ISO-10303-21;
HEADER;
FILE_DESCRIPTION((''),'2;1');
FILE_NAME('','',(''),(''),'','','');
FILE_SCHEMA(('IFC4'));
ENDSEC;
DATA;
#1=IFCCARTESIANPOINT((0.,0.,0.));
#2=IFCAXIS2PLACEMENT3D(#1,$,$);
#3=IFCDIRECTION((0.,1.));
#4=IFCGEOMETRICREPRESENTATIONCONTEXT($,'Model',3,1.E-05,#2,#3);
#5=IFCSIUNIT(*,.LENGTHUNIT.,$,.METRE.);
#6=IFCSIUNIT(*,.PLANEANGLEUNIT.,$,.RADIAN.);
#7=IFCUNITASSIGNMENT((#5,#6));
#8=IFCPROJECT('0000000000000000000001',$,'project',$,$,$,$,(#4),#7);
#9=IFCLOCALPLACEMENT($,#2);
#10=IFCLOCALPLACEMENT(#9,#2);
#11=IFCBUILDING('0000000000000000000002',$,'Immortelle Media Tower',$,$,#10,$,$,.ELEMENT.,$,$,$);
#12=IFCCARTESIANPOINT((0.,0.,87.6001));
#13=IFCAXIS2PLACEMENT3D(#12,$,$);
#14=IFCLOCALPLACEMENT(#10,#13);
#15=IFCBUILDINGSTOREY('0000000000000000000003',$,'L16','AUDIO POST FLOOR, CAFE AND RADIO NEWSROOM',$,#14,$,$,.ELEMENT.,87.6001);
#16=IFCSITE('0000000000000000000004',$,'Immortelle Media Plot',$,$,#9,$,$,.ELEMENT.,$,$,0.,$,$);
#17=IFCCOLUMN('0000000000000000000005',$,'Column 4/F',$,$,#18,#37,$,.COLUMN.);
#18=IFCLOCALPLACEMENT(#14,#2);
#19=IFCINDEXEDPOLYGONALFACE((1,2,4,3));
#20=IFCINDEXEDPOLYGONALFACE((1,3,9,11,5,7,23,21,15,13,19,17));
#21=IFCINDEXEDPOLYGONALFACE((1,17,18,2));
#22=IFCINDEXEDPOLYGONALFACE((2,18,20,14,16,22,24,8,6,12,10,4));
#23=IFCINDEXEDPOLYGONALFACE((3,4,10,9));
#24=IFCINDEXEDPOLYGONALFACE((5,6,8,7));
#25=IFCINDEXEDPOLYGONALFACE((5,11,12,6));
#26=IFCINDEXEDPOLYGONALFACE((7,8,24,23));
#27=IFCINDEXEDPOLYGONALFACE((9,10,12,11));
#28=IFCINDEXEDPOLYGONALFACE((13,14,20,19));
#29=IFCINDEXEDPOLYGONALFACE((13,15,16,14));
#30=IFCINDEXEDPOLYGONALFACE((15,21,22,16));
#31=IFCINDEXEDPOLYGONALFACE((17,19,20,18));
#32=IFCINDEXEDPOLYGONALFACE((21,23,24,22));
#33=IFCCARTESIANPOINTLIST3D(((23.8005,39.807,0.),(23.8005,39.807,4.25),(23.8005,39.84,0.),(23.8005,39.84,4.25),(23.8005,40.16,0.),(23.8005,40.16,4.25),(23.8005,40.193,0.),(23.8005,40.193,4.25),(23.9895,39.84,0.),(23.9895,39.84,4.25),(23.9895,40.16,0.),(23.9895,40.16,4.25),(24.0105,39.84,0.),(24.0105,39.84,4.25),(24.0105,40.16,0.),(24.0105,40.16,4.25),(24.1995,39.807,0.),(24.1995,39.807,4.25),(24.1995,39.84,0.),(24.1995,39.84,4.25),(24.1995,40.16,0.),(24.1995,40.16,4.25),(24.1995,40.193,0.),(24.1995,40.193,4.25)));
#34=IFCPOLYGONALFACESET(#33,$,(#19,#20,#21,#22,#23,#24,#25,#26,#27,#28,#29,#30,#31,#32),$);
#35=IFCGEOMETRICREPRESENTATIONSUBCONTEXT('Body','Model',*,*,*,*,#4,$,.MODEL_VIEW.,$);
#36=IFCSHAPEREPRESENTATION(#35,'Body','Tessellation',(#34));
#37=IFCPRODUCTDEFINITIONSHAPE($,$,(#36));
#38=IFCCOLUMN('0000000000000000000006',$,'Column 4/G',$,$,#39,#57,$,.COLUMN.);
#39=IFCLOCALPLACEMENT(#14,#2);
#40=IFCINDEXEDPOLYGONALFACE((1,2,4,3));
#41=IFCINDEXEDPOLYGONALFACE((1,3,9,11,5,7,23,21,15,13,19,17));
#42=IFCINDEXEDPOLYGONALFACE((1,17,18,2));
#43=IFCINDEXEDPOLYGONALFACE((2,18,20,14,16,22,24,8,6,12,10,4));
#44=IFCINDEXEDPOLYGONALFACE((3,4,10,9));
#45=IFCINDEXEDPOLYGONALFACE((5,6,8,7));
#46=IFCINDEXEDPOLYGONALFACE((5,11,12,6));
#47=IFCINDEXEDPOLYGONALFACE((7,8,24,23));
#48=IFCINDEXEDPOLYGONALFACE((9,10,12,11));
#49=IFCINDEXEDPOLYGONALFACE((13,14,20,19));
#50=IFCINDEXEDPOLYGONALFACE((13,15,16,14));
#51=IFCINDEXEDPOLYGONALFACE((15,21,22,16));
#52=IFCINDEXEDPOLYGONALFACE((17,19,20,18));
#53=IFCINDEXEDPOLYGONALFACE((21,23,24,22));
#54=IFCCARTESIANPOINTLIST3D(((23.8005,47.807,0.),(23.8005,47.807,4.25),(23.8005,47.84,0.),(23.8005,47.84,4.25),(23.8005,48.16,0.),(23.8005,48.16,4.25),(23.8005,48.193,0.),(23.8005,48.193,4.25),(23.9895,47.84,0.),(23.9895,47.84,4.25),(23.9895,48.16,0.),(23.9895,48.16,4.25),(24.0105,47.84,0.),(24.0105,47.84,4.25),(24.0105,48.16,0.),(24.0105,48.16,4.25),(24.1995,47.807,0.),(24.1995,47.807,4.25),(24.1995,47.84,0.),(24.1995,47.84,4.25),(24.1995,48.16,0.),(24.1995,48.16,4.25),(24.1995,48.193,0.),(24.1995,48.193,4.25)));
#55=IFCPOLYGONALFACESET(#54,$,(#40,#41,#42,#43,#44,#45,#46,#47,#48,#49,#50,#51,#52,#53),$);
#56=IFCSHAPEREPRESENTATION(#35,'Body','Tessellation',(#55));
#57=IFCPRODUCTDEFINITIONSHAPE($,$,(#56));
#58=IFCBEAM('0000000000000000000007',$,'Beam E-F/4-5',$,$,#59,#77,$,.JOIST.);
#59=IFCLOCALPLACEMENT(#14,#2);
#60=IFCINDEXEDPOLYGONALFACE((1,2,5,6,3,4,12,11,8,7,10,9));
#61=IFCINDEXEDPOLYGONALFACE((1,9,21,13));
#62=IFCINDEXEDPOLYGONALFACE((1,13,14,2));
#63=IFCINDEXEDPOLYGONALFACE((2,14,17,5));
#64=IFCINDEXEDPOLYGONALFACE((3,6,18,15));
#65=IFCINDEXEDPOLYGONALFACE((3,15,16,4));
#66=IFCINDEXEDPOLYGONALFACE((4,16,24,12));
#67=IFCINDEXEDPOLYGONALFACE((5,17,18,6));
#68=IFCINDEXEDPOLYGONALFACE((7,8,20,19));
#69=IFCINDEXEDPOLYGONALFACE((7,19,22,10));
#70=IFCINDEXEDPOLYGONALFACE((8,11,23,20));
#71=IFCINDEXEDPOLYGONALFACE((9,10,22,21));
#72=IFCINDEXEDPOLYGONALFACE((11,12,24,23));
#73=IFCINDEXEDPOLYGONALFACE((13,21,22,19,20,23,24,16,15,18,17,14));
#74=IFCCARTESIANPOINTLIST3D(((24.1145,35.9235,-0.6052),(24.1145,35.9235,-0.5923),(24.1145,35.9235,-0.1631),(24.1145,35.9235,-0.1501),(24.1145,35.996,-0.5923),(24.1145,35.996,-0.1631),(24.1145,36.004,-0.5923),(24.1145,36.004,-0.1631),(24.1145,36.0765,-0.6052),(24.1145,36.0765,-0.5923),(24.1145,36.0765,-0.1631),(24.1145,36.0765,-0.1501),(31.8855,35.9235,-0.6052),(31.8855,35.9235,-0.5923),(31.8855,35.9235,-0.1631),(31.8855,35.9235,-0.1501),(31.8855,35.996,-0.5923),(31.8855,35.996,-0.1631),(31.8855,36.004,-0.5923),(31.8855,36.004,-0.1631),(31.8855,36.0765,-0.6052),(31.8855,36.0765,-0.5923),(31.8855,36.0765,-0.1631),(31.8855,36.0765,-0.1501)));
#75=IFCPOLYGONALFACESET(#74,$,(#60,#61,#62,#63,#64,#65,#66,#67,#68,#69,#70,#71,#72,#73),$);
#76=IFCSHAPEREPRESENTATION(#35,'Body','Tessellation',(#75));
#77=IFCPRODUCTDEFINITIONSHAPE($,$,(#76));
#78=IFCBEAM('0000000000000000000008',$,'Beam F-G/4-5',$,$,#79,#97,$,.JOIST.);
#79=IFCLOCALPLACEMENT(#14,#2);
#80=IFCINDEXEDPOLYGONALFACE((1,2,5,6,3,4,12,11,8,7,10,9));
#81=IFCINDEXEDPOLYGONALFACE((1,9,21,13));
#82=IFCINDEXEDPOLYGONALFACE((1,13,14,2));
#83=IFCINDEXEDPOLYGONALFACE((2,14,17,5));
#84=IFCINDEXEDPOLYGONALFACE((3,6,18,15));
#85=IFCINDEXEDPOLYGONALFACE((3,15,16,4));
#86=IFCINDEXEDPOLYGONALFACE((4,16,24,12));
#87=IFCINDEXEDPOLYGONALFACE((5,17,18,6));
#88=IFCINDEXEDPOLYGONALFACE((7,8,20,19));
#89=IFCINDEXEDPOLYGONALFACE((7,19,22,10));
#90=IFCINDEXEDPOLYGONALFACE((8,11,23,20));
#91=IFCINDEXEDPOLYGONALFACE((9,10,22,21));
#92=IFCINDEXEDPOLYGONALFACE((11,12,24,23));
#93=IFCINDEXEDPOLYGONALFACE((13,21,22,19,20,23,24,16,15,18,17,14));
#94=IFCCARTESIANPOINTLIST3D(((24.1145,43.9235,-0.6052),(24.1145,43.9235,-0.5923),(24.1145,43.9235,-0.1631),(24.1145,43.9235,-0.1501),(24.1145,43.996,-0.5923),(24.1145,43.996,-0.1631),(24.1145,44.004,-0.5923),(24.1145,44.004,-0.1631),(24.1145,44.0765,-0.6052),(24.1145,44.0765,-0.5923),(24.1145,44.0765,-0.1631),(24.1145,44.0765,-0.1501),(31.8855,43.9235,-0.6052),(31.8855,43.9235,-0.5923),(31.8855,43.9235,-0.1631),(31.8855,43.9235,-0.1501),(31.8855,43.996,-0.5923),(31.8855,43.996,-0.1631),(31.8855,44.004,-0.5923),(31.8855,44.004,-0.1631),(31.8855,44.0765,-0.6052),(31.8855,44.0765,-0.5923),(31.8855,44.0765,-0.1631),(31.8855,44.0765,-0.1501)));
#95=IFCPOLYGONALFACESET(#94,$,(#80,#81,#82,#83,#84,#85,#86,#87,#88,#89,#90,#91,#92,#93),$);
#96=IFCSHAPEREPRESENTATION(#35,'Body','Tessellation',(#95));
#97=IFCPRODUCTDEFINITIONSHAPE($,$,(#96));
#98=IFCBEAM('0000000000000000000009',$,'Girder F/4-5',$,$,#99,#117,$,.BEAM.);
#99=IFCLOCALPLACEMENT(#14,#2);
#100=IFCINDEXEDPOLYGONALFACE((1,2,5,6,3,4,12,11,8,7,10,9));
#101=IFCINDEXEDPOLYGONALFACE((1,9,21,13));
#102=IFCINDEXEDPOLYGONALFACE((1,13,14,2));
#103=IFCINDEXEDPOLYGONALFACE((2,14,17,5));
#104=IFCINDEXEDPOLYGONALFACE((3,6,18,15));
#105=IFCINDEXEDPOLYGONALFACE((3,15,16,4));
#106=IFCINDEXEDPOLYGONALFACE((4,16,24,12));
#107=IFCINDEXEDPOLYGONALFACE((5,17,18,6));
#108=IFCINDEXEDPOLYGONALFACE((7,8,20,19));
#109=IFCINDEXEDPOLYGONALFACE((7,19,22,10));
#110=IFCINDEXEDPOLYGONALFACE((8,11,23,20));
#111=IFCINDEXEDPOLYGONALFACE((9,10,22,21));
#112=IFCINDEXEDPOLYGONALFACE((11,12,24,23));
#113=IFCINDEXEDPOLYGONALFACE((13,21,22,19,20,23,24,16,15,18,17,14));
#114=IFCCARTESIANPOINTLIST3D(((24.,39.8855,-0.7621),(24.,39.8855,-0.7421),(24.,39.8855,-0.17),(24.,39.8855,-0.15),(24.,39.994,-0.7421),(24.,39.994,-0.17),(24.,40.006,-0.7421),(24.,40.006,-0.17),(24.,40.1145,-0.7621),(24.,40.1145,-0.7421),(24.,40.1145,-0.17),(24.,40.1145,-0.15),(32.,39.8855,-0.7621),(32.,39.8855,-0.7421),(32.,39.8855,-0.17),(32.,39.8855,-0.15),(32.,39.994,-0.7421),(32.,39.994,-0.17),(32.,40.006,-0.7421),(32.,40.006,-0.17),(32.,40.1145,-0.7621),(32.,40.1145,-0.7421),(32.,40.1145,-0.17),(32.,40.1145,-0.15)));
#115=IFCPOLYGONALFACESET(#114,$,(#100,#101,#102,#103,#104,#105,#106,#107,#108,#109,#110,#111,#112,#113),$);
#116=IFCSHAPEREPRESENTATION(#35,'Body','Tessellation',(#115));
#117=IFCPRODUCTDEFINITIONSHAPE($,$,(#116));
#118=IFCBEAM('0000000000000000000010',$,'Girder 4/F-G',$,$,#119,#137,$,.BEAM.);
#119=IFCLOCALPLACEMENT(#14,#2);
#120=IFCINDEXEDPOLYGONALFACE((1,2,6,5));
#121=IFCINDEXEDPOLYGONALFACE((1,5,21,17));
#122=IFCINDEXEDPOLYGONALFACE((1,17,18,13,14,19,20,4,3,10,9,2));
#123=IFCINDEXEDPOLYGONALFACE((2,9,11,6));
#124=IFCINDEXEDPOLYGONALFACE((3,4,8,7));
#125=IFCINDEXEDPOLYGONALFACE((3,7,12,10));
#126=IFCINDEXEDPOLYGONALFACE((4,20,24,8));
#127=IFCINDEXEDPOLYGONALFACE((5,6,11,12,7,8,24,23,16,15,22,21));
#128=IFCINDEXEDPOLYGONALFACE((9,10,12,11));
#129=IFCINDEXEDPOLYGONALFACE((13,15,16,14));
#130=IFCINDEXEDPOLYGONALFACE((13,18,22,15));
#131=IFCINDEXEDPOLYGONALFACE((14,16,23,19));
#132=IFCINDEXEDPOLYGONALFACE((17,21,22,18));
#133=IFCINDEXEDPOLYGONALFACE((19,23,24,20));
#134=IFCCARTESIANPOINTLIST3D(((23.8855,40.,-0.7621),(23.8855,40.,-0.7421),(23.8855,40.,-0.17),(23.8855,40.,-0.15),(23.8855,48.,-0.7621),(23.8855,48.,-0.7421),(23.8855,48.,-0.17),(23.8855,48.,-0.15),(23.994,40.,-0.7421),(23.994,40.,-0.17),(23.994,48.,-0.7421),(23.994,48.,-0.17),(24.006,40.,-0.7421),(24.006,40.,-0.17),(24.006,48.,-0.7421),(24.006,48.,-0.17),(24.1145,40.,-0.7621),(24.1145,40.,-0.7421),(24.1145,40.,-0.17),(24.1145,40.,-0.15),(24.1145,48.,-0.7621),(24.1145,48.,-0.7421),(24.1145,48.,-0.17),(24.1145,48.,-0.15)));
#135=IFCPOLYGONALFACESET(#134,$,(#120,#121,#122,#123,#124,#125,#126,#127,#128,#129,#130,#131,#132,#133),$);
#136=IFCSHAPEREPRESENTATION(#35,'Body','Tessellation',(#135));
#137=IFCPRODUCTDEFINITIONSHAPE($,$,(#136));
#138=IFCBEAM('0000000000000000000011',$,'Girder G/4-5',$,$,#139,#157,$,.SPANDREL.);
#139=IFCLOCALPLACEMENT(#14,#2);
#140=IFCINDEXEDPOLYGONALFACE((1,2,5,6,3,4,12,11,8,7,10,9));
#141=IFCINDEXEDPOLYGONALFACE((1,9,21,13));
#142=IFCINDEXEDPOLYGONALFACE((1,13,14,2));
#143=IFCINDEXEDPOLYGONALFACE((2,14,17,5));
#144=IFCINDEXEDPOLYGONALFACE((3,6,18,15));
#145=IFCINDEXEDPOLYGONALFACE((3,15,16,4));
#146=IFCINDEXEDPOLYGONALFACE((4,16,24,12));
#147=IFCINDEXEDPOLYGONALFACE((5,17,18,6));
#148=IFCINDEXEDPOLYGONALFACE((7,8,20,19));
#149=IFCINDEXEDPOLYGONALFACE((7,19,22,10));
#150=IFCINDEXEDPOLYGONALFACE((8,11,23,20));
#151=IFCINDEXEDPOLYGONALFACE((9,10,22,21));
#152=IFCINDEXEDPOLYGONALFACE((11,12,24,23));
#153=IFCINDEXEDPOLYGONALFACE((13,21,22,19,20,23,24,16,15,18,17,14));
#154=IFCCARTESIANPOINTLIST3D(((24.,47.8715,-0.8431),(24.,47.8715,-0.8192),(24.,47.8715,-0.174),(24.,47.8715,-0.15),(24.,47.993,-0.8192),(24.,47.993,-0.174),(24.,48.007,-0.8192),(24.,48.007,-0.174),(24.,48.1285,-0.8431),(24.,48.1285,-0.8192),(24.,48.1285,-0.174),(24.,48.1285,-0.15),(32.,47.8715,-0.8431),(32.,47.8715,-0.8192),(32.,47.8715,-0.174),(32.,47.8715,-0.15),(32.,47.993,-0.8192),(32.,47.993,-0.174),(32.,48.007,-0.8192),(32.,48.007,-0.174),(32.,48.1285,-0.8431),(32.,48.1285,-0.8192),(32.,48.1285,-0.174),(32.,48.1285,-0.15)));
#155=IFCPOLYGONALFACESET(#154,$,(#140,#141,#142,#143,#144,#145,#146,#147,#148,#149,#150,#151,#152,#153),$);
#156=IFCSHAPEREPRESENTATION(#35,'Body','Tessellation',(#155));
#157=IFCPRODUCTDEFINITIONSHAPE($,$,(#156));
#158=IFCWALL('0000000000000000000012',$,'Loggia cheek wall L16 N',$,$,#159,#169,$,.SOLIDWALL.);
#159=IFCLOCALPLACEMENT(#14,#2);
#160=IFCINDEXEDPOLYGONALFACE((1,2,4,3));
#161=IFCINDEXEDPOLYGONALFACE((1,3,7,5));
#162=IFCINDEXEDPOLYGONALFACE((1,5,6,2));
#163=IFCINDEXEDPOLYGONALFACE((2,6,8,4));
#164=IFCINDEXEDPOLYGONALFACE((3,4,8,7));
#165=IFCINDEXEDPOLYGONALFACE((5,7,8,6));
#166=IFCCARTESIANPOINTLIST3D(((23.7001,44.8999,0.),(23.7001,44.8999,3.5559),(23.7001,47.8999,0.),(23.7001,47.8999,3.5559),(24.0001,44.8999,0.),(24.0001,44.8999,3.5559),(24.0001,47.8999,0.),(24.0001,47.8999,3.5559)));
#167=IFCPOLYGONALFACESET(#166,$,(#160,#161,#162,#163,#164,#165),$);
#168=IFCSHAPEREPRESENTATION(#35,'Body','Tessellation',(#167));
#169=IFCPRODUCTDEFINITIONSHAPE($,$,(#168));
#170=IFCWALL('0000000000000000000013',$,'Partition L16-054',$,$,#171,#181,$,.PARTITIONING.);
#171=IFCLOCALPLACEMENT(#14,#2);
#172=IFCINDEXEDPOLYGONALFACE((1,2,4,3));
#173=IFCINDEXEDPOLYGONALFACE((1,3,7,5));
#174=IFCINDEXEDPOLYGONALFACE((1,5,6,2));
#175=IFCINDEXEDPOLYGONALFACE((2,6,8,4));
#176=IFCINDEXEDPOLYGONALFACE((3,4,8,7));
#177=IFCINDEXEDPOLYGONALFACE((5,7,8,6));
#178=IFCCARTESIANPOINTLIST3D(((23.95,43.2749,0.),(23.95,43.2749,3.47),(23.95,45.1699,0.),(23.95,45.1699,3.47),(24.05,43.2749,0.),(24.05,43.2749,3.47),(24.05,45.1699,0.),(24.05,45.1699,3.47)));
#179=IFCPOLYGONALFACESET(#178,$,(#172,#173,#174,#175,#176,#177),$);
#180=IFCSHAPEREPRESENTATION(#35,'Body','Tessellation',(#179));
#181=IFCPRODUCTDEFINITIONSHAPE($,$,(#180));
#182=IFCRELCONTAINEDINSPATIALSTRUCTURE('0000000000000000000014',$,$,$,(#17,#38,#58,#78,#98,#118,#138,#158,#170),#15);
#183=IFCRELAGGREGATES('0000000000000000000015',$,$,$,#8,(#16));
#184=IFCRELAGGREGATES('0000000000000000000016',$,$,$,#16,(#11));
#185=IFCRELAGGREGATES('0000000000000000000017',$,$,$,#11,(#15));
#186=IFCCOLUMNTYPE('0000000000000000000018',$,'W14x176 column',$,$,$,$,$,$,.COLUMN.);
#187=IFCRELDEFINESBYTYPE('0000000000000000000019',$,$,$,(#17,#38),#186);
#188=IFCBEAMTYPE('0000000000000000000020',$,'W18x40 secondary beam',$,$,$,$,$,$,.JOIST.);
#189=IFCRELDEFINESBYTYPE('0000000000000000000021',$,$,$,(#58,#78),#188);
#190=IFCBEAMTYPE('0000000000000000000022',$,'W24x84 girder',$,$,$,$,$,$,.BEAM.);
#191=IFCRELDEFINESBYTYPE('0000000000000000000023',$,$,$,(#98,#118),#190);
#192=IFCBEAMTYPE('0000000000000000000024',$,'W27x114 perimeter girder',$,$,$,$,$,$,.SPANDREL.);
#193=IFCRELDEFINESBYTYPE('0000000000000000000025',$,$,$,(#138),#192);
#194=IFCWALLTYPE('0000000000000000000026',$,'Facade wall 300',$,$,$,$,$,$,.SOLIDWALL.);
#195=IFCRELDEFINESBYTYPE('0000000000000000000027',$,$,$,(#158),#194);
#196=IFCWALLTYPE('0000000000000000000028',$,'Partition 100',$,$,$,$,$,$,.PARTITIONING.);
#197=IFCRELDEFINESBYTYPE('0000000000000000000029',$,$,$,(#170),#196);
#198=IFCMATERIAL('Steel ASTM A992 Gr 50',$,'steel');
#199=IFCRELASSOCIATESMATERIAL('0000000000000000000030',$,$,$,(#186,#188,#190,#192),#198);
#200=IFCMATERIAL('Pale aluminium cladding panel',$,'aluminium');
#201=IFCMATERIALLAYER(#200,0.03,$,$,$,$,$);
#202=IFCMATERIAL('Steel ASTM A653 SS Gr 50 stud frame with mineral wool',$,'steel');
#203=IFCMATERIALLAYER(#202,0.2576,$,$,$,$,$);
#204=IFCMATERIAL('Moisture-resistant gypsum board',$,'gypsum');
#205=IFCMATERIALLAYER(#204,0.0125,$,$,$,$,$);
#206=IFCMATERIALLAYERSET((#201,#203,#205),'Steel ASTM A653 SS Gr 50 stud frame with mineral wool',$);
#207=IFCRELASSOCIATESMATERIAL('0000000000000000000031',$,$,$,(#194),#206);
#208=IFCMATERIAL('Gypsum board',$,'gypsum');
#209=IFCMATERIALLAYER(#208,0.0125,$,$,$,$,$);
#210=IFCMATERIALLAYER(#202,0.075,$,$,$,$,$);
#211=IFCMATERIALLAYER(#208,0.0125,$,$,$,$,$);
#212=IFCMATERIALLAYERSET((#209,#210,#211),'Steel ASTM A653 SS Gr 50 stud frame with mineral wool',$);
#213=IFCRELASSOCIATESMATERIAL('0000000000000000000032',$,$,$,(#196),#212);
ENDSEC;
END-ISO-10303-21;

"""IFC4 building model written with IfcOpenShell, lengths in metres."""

from ifc_helpers import new_model, si_unit, direction, frame, frame_2d, origin, origin_2d, place, context, subcontext, project, spatial, rectangle, i_section, extrude, material, layer, layer_set, material_profile, profile_set, type_object, element, save


model = new_model("IFC4")

# Units and contexts
model_context = context("Model", 3, precision=1e-05, world=origin(), true_north=direction((0.0, 1.0)))
body_context = subcontext(model_context, "Body", "Model", "MODEL_VIEW")
ifc_project = project(units=[si_unit("LENGTHUNIT", "METRE"), si_unit("PLANEANGLEUNIT", "RADIAN")], contexts=[model_context])

# Site, building, storey
site_placement = place(None, origin())
site = spatial("IfcSite", under=ifc_project, at=site_placement, Name="Immortelle Media Plot", CompositionType="ELEMENT", RefElevation=0.0)
building_placement = place(site_placement, origin())
building = spatial("IfcBuilding", under=site, at=building_placement, Name="Immortelle Media Tower", CompositionType="ELEMENT")
storey_placement = place(building_placement, frame((0.0, 0.0, 87.6001)))
storey = spatial("IfcBuildingStorey", under=building, at=storey_placement, Name="L16", Description="AUDIO POST FLOOR, CAFE AND RADIO NEWSROOM", CompositionType="ELEMENT", Elevation=87.6001)

# Columns
ifc_material_1 = material(Name="Steel ASTM A992 Gr 50", Category="steel")
ifc_material_profile_1 = material_profile(ifc_material_1, i_section(OverallWidth=0.3989, OverallDepth=0.386, WebThickness=0.021, FlangeThickness=0.033, at=origin_2d()), Name="W14x176")
ifc_profile_set_1 = profile_set([ifc_material_profile_1], Name="Steel ASTM A992 Gr 50")
column_type = type_object("IfcColumnType", Name="W14x176 column", PredefinedType="COLUMN", material=ifc_profile_set_1)
for number, where, z_axis, x_axis, name in (
    (1, (24.0, 40.0, 0.0), (0.0, 0.0, 1.0), (1.0, 0.0, 0.0), "Column 4/F"),
    (2, (24.0, 48.0, 0.0), (0.0, 0.0, 1.0), (1.0, 0.0, 0.0), "Column 4/G"),
):
    element("IfcColumn", number, at=place(storey_placement, frame(where, z_axis=z_axis, x_axis=x_axis)), inside=storey, type_object=column_type, Name=name, PredefinedType="COLUMN", context=body_context, shape_type="SweptSolid", body=[
        extrude(i_section(OverallWidth=0.3989, OverallDepth=0.386, WebThickness=0.021, FlangeThickness=0.033, at=origin_2d()), origin(), (0.0, 0.0, 1.0), 4.25),
    ])

# Beams
ifc_material_profile_2 = material_profile(ifc_material_1, i_section(OverallWidth=0.1531, OverallDepth=0.4551, WebThickness=0.0081, FlangeThickness=0.0129, at=origin_2d()), Name="W18x40")
ifc_profile_set_2 = profile_set([ifc_material_profile_2], Name="Steel ASTM A992 Gr 50")
beam_type_1 = type_object("IfcBeamType", Name="W18x40 secondary beam", PredefinedType="JOIST", material=ifc_profile_set_2)
for number, where, z_axis, x_axis, name in (
    (3, (24.1145, 36.0, -0.3777), (1.0, 0.0, 0.0), (0.0, 1.0, 0.0), "Beam E-F/4-5"),
    (4, (24.1145, 44.0, -0.3777), (1.0, 0.0, 0.0), (0.0, 1.0, 0.0), "Beam F-G/4-5"),
):
    element("IfcBeam", number, at=place(storey_placement, frame(where, z_axis=z_axis, x_axis=x_axis)), inside=storey, type_object=beam_type_1, Name=name, PredefinedType="JOIST", context=body_context, shape_type="SweptSolid", body=[
        extrude(i_section(OverallWidth=0.1531, OverallDepth=0.4551, WebThickness=0.0081, FlangeThickness=0.0129, at=origin_2d()), origin(), (0.0, 0.0, 1.0), 7.771),
    ])
ifc_material_profile_3 = material_profile(ifc_material_1, i_section(OverallWidth=0.229, OverallDepth=0.6121, WebThickness=0.012, FlangeThickness=0.02, at=origin_2d()), Name="W24x84")
ifc_profile_set_3 = profile_set([ifc_material_profile_3], Name="Steel ASTM A992 Gr 50")
beam_type_2 = type_object("IfcBeamType", Name="W24x84 girder", PredefinedType="BEAM", material=ifc_profile_set_3)
for number, where, z_axis, x_axis, name in (
    (5, (24.0, 40.0, -0.4561), (1.0, 0.0, 0.0), (0.0, 1.0, 0.0), "Girder F/4-5"),
    (6, (24.0, 40.0, -0.4561), (0.0, 1.0, 0.0), (-1.0, 0.0, 0.0), "Girder 4/F-G"),
):
    element("IfcBeam", number, at=place(storey_placement, frame(where, z_axis=z_axis, x_axis=x_axis)), inside=storey, type_object=beam_type_2, Name=name, PredefinedType="BEAM", context=body_context, shape_type="SweptSolid", body=[
        extrude(i_section(OverallWidth=0.229, OverallDepth=0.6121, WebThickness=0.012, FlangeThickness=0.02, at=origin_2d()), origin(), (0.0, 0.0, 1.0), 8.0),
    ])
ifc_material_profile_4 = material_profile(ifc_material_1, i_section(OverallWidth=0.2571, OverallDepth=0.6931, WebThickness=0.0139, FlangeThickness=0.0239, at=origin_2d()), Name="W27x114")
ifc_profile_set_4 = profile_set([ifc_material_profile_4], Name="Steel ASTM A992 Gr 50")
beam_type_3 = type_object("IfcBeamType", Name="W27x114 perimeter girder", PredefinedType="SPANDREL", material=ifc_profile_set_4)
beam_placement = place(storey_placement, frame((24.0, 48.0, -0.4966), z_axis=(1.0, 0.0, 0.0), x_axis=(0.0, 1.0, 0.0)))
element("IfcBeam", 7, at=beam_placement, inside=storey, type_object=beam_type_3, Name="Girder G/4-5", PredefinedType="SPANDREL", context=body_context, shape_type="SweptSolid", body=[
    extrude(i_section(OverallWidth=0.2571, OverallDepth=0.6931, WebThickness=0.0139, FlangeThickness=0.0239, at=origin_2d()), origin(), (0.0, 0.0, 1.0), 8.0),
])

# Shared definitions
ifc_material_2 = material(Name="Pale aluminium cladding panel", Category="aluminium")
ifc_layer_1 = layer(ifc_material_2, 0.03)
ifc_material_3 = material(Name="Steel ASTM A653 SS Gr 50 stud frame with mineral wool", Category="steel")
ifc_layer_2 = layer(ifc_material_3, 0.2576)
ifc_material_4 = material(Name="Moisture-resistant gypsum board", Category="gypsum")
ifc_layer_3 = layer(ifc_material_4, 0.0125)
ifc_layer_set_1 = layer_set([ifc_layer_1, ifc_layer_2, ifc_layer_3], Name="Steel ASTM A653 SS Gr 50 stud frame with mineral wool")
wall_type_1 = type_object("IfcWallType", Name="Facade wall 300", PredefinedType="SOLIDWALL", material=ifc_layer_set_1)

# Walls
wall_1_placement = place(storey_placement, frame((23.8501, 47.8999, 0.0), z_axis=(0.0, 0.0, 1.0), x_axis=(0.0, -1.0, 0.0)))
element("IfcWall", 8, at=wall_1_placement, inside=storey, type_object=wall_type_1, Name="Loggia cheek wall L16 N", PredefinedType="SOLIDWALL", context=body_context, shape_type="SweptSolid", body=[
    extrude(rectangle(XDim=3.0, YDim=0.3, at=frame_2d((1.5, 0.0))), origin(), (0.0, 0.0, 1.0), 3.5559),
])
ifc_material_5 = material(Name="Gypsum board", Category="gypsum")
ifc_layer_4 = layer(ifc_material_5, 0.0125)
ifc_layer_5 = layer(ifc_material_3, 0.075)
ifc_layer_6 = layer(ifc_material_5, 0.0125)
ifc_layer_set_2 = layer_set([ifc_layer_4, ifc_layer_5, ifc_layer_6], Name="Steel ASTM A653 SS Gr 50 stud frame with mineral wool")
wall_type_2 = type_object("IfcWallType", Name="Partition 100", PredefinedType="PARTITIONING", material=ifc_layer_set_2)
wall_2_placement = place(storey_placement, frame((24.0, 43.2749, 0.0), z_axis=(0.0, 0.0, 1.0), x_axis=(0.0, 1.0, 0.0)))
element("IfcWall", 9, at=wall_2_placement, inside=storey, type_object=wall_type_2, Name="Partition L16-054", PredefinedType="PARTITIONING", context=body_context, shape_type="SweptSolid", body=[
    extrude(rectangle(XDim=1.895, YDim=0.1001, at=frame_2d((0.9475, 0.0))), origin(), (0.0, 0.0, 1.0), 3.47),
])

save(model, "model.ifc")
